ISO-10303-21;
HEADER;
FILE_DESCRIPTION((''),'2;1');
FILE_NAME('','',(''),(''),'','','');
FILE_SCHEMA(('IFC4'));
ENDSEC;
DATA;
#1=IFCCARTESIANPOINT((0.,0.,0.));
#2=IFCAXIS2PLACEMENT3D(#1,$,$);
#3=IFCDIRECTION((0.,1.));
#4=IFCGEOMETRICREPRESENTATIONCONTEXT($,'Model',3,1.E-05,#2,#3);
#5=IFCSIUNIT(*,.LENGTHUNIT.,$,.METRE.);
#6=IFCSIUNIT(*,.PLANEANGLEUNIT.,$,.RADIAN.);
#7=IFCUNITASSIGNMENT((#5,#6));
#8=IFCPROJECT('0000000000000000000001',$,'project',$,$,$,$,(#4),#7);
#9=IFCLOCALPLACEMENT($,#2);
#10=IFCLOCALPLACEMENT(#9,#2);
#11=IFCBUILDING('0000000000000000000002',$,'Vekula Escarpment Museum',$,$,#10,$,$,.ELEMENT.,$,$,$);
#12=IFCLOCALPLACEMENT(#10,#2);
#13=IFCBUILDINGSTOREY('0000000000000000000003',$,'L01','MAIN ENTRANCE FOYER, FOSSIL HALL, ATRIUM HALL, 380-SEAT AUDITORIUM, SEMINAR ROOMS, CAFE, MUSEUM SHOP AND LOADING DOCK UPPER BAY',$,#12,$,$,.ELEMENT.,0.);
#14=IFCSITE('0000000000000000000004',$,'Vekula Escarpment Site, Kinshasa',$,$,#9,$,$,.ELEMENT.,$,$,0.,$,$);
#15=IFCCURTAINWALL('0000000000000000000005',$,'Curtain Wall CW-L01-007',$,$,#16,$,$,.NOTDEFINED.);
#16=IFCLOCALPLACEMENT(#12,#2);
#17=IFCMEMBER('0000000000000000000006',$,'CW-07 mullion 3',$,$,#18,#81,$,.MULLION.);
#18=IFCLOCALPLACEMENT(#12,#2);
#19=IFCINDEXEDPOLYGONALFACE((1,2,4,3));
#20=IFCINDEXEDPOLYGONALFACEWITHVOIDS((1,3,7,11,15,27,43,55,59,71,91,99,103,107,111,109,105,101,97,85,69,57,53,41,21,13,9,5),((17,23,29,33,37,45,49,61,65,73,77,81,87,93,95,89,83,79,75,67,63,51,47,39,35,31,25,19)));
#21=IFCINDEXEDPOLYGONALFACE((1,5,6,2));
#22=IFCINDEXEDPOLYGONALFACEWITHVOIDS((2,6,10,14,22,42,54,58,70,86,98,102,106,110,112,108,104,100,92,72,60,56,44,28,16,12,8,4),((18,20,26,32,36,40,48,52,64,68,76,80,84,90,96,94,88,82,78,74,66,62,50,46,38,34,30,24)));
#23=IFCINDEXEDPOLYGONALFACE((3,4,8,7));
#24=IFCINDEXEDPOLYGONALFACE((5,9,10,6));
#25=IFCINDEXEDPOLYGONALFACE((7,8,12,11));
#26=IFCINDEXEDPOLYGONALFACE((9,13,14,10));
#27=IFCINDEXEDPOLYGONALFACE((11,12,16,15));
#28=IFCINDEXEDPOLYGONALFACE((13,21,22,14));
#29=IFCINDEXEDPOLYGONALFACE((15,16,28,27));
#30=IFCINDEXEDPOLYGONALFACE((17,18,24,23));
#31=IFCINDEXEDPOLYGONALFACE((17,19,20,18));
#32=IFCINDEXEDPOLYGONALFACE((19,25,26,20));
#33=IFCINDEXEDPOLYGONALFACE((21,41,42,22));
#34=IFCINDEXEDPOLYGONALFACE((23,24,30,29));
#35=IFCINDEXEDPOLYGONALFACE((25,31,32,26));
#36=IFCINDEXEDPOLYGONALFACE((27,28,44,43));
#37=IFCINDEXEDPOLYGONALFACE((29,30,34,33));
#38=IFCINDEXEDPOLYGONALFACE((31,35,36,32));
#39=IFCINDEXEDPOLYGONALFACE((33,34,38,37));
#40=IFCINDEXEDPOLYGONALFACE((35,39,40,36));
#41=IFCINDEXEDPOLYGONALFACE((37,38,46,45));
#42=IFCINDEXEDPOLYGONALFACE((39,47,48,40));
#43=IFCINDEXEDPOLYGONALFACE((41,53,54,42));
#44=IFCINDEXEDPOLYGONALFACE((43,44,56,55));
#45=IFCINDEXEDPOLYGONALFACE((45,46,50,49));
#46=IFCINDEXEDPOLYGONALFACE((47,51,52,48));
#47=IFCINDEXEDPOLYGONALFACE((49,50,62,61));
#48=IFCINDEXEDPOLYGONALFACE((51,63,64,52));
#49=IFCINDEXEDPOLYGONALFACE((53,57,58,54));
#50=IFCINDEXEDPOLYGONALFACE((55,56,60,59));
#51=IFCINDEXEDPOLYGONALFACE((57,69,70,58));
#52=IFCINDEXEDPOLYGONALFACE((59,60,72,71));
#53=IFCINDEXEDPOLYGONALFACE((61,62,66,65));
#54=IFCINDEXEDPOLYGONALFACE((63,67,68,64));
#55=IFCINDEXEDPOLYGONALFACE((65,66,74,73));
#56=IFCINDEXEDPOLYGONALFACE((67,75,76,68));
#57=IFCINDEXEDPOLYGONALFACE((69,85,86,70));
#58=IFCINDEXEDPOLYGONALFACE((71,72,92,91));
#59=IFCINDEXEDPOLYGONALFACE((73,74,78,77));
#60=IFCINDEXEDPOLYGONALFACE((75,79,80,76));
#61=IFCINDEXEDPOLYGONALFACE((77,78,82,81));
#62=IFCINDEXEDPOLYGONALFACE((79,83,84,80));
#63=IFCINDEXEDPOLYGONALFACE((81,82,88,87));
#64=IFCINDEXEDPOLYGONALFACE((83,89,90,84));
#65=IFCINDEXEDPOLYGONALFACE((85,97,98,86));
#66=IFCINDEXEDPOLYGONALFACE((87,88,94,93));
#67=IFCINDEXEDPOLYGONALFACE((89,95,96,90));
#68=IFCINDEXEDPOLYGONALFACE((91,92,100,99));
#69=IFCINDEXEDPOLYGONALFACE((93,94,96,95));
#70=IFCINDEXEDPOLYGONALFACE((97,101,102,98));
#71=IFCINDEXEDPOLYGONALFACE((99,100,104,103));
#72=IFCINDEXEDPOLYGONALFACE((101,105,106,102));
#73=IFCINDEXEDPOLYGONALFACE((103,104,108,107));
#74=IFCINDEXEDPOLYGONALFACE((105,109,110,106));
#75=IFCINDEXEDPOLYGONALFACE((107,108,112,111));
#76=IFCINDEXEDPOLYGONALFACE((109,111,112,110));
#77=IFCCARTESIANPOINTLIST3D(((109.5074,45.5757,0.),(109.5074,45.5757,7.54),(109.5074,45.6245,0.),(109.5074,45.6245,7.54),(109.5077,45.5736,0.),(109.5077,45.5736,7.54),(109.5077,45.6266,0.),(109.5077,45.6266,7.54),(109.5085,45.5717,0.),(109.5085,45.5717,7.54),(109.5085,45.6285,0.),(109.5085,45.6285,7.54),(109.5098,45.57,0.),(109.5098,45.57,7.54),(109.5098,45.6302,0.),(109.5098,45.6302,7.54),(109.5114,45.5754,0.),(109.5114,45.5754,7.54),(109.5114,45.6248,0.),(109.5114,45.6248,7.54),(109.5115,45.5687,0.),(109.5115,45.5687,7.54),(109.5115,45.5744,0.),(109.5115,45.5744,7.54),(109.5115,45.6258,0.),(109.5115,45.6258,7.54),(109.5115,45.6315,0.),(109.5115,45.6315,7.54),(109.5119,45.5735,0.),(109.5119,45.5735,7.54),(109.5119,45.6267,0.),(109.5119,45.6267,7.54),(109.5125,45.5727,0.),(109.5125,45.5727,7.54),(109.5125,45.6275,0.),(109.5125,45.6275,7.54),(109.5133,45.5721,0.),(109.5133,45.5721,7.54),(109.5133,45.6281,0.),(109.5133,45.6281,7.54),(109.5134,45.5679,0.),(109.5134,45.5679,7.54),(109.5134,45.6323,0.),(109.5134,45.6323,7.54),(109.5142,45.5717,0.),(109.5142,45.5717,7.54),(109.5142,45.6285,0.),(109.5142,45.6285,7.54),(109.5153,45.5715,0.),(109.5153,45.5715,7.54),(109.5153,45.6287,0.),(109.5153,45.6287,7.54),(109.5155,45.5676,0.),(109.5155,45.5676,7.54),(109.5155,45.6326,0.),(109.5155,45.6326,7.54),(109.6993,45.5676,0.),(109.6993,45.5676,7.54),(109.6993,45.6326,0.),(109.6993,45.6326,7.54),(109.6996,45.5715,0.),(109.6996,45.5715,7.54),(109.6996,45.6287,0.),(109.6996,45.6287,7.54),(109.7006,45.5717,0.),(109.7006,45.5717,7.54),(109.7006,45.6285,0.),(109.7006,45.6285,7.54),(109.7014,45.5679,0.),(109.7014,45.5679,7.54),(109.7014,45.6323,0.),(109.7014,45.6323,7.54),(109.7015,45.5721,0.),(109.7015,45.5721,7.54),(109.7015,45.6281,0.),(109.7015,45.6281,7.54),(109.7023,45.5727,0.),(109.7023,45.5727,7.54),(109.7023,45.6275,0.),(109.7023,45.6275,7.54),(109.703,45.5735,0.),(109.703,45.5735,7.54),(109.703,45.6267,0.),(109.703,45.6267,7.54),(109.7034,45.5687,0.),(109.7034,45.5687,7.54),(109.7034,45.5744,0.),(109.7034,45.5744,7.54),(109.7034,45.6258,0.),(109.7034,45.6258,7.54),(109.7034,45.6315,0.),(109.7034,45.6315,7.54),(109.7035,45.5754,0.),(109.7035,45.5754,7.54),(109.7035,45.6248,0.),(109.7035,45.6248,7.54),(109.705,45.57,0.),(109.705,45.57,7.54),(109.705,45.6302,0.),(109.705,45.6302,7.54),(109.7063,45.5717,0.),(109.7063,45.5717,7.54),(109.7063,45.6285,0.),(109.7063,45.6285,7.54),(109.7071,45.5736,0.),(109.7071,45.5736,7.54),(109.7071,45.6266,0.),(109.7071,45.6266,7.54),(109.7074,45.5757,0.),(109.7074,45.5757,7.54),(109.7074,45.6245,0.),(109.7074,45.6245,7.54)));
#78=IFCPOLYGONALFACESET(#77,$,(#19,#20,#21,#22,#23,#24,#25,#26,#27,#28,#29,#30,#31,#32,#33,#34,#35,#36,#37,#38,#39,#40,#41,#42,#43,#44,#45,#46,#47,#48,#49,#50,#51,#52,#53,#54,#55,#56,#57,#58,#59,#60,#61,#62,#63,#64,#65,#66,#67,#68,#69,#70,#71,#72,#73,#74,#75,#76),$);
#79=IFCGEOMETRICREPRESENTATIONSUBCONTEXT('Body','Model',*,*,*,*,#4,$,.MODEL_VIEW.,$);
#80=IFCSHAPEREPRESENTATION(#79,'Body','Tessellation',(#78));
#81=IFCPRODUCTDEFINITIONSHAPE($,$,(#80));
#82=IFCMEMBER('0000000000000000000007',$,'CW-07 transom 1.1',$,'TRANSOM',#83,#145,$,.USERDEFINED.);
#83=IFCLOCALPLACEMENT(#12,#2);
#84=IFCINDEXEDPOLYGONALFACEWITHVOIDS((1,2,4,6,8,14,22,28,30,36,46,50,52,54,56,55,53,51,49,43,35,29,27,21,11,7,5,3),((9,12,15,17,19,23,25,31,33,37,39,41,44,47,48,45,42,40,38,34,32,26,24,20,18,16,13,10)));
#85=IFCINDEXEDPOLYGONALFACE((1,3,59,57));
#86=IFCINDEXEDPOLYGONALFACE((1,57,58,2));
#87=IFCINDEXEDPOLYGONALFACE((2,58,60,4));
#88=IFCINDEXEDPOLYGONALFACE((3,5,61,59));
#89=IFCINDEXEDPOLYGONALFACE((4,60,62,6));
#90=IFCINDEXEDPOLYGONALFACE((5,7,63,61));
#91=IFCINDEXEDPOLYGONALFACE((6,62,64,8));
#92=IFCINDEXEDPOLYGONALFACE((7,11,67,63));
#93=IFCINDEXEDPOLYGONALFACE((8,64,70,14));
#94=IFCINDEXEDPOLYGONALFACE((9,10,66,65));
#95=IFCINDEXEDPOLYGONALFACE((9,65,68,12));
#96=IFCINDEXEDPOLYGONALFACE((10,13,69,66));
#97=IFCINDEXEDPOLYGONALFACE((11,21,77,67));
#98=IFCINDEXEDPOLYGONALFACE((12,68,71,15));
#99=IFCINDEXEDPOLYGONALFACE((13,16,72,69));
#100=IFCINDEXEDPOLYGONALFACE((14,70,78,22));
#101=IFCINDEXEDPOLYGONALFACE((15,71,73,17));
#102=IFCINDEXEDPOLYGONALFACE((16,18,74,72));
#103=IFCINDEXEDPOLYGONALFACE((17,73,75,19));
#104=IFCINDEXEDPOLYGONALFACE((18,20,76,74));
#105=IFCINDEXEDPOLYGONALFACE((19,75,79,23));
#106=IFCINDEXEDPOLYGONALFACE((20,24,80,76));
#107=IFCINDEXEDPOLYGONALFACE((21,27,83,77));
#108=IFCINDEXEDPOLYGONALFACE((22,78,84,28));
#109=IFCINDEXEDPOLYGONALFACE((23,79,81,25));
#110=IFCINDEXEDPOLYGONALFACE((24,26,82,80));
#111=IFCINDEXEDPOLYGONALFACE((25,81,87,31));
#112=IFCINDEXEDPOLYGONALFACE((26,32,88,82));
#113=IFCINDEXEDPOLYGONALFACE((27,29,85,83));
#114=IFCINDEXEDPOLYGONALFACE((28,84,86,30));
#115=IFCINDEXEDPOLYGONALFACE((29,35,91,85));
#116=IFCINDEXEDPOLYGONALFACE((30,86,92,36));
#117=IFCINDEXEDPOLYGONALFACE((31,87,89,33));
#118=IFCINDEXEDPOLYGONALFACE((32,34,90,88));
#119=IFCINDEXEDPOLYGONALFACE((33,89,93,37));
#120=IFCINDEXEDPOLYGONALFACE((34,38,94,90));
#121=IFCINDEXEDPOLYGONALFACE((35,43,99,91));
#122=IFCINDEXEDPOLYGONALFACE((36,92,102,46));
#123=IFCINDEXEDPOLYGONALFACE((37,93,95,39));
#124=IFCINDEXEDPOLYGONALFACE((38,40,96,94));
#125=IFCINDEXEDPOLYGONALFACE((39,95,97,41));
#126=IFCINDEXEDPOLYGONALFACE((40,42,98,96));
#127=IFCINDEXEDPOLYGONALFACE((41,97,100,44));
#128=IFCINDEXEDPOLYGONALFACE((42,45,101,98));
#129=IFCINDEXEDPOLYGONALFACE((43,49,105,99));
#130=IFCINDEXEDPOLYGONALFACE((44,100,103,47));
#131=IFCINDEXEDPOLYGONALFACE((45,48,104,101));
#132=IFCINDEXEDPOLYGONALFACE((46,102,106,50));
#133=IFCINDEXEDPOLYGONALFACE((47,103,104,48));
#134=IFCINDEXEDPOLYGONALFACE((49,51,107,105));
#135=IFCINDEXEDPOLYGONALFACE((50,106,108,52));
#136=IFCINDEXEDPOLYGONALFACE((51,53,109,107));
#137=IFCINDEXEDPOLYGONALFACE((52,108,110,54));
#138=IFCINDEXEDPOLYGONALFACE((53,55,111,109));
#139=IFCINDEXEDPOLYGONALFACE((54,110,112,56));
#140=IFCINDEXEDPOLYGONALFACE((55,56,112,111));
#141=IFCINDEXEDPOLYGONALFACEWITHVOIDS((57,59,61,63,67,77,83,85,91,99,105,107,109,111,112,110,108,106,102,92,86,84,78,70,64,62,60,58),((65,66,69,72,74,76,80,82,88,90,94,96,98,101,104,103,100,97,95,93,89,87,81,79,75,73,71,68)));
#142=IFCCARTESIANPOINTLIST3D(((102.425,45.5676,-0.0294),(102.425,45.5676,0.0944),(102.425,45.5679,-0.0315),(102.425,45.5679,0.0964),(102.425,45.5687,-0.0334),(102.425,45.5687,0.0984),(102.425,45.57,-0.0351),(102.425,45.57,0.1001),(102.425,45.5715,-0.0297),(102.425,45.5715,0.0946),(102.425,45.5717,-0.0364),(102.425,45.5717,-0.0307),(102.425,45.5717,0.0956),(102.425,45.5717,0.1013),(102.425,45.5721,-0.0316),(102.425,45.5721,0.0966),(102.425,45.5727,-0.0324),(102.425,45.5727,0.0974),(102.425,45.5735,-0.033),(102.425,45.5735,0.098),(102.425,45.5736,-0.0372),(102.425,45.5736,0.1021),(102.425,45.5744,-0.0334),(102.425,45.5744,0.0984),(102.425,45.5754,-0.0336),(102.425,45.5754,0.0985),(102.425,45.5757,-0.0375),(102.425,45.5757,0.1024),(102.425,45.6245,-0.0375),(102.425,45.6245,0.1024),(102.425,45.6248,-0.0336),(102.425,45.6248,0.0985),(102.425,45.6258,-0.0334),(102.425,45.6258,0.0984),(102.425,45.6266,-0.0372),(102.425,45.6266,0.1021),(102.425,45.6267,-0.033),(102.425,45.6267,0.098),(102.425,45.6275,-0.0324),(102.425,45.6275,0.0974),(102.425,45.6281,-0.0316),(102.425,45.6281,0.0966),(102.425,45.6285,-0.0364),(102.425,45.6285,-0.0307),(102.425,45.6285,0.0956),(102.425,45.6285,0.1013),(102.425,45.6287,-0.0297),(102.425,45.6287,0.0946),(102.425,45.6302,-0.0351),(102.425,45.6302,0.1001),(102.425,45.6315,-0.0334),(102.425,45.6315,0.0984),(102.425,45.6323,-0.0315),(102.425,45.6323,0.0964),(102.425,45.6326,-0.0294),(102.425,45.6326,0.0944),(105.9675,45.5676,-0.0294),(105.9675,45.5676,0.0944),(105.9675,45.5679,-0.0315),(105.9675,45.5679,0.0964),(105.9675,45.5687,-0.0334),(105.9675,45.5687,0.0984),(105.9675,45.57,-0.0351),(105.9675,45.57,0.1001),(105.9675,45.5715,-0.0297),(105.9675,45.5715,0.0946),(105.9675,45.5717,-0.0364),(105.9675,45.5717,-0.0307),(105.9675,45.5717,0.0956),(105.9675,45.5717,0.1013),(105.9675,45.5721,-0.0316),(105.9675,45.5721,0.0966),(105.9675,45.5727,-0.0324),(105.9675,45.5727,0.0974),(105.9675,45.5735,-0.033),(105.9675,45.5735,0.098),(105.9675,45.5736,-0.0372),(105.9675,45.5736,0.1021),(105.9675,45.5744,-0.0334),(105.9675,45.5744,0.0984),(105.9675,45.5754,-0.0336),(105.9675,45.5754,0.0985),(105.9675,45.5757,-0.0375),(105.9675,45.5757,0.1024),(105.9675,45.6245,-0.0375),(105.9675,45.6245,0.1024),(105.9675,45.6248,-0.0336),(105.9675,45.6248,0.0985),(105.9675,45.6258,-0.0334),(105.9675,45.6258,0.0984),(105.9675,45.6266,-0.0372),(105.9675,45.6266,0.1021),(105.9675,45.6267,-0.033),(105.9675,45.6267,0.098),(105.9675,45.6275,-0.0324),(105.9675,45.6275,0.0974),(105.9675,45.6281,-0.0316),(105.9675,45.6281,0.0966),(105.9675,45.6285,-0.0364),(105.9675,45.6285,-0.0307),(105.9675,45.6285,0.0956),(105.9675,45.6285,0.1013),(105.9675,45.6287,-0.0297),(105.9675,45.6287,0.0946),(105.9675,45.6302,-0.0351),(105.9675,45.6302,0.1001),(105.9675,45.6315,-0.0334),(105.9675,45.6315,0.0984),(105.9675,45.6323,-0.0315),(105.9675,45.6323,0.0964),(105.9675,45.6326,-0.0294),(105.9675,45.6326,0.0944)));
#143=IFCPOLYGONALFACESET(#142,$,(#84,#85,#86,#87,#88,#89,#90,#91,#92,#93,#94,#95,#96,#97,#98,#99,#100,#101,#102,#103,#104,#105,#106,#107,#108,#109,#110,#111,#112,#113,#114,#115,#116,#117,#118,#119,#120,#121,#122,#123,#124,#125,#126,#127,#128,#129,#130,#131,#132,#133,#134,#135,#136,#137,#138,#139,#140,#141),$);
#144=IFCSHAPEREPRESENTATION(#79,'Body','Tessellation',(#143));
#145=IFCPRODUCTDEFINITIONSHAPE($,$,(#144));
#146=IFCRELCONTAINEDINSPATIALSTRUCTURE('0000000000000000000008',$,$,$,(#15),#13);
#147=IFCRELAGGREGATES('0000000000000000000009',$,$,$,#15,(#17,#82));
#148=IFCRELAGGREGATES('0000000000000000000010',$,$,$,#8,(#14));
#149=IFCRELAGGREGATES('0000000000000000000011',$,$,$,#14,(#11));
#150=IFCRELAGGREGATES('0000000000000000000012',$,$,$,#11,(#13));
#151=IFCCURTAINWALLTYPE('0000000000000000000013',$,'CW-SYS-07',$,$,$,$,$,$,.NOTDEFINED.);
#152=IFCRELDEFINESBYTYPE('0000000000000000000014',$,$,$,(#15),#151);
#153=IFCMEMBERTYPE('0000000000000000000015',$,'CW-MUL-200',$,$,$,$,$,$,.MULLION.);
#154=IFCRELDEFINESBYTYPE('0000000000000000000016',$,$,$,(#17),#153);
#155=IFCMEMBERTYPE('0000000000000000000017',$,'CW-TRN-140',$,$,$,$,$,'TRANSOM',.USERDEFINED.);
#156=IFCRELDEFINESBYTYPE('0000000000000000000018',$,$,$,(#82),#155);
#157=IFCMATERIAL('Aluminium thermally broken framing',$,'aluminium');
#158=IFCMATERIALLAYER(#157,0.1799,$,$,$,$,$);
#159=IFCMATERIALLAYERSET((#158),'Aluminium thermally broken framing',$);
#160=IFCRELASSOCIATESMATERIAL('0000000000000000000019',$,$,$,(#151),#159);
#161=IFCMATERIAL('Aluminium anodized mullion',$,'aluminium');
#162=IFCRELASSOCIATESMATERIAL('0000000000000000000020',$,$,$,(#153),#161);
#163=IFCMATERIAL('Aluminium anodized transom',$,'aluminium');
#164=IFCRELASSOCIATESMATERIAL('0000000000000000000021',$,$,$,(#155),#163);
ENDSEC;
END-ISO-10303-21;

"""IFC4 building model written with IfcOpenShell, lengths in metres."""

from ifc_helpers import new_model, si_unit, direction, frame, origin, origin_2d, place, context, subcontext, project, spatial, hollow_rectangle, extrude, material, layer, layer_set, material_profile, profile_set, type_object, element, aggregate, save


model = new_model("IFC4")

# Units and contexts
model_context = context("Model", 3, precision=1e-05, world=origin(), true_north=direction((0.0, 1.0)))
body_context = subcontext(model_context, "Body", "Model", "MODEL_VIEW")
ifc_project = project(units=[si_unit("LENGTHUNIT", "METRE"), si_unit("PLANEANGLEUNIT", "RADIAN")], contexts=[model_context])

# Site, building, storey
site_placement = place(None, origin())
site = spatial("IfcSite", under=ifc_project, at=site_placement, Name="Vekula Escarpment Site, Kinshasa", CompositionType="ELEMENT", RefElevation=0.0)
building_placement = place(site_placement, origin())
building = spatial("IfcBuilding", under=site, at=building_placement, Name="Vekula Escarpment Museum", CompositionType="ELEMENT")
storey_placement = place(building_placement, origin())
storey = spatial("IfcBuildingStorey", under=building, at=storey_placement, Name="L01", Description="MAIN ENTRANCE FOYER, FOSSIL HALL, ATRIUM HALL, 380-SEAT AUDITORIUM, SEMINAR ROOMS, CAFE, MUSEUM SHOP AND LOADING DOCK UPPER BAY", CompositionType="ELEMENT", Elevation=0.0)

# Curtain wall, members
ifc_material_1 = material(Name="Aluminium thermally broken framing", Category="aluminium")
ifc_layer_1 = layer(ifc_material_1, 0.1799)
ifc_layer_set_1 = layer_set([ifc_layer_1], Name="Aluminium thermally broken framing")
curtain_wall_type = type_object("IfcCurtainWallType", Name="CW-SYS-07", PredefinedType="NOTDEFINED", material=ifc_layer_set_1)
curtain_wall_placement = place(storey_placement, origin())
curtain_wall = element("IfcCurtainWall", 1, at=curtain_wall_placement, inside=storey, type_object=curtain_wall_type, Name="Curtain Wall CW-L01-007", PredefinedType="NOTDEFINED")
ifc_material_2 = material(Name="Aluminium anodized mullion", Category="aluminium")
ifc_material_profile_1 = material_profile(ifc_material_2, hollow_rectangle(XDim=0.0649, YDim=0.2, WallThickness=0.0039, InnerFilletRadius=0.0039, OuterFilletRadius=0.0081, at=origin_2d()), Name="ALU 200x65x4")
ifc_profile_set_1 = profile_set([ifc_material_profile_1], Name="Aluminium anodized mullion")
member_type_1 = type_object("IfcMemberType", Name="CW-MUL-200", PredefinedType="MULLION", material=ifc_profile_set_1)
member_1_placement = place(storey_placement, frame((109.6074, 45.6001, 0.0), z_axis=(0.0, 0.0, 1.0), x_axis=(0.0, 1.0, 0.0)))
member_1 = element("IfcMember", 2, at=member_1_placement, type_object=member_type_1, Name="CW-07 mullion 3", PredefinedType="MULLION", context=body_context, shape_type="SweptSolid", body=[
    extrude(hollow_rectangle(XDim=0.0649, YDim=0.2, WallThickness=0.0039, InnerFilletRadius=0.0039, OuterFilletRadius=0.0081, at=origin_2d()), origin(), (0.0, 0.0, 1.0), 7.54),
])
ifc_material_3 = material(Name="Aluminium anodized transom", Category="aluminium")
ifc_material_profile_2 = material_profile(ifc_material_3, hollow_rectangle(XDim=0.0649, YDim=0.1399, WallThickness=0.0039, InnerFilletRadius=0.0039, OuterFilletRadius=0.0081, at=origin_2d()), Name="ALU 140x65x4")
ifc_profile_set_2 = profile_set([ifc_material_profile_2], Name="Aluminium anodized transom")
member_type_2 = type_object("IfcMemberType", Name="CW-TRN-140", ElementType="TRANSOM", PredefinedType="USERDEFINED", material=ifc_profile_set_2)
member_2_placement = place(storey_placement, frame((102.425, 45.6001, 0.0325), z_axis=(1.0, 0.0, 0.0), x_axis=(0.0, 1.0, 0.0)))
member_2 = element("IfcMember", 3, at=member_2_placement, type_object=member_type_2, Name="CW-07 transom 1.1", ObjectType="TRANSOM", PredefinedType="USERDEFINED", context=body_context, shape_type="SweptSolid", body=[
    extrude(hollow_rectangle(XDim=0.0649, YDim=0.1399, WallThickness=0.0039, InnerFilletRadius=0.0039, OuterFilletRadius=0.0081, at=origin_2d()), origin(), (0.0, 0.0, 1.0), 3.5425),
])

aggregate(curtain_wall, [member_1, member_2])

save(model, "model.ifc")
